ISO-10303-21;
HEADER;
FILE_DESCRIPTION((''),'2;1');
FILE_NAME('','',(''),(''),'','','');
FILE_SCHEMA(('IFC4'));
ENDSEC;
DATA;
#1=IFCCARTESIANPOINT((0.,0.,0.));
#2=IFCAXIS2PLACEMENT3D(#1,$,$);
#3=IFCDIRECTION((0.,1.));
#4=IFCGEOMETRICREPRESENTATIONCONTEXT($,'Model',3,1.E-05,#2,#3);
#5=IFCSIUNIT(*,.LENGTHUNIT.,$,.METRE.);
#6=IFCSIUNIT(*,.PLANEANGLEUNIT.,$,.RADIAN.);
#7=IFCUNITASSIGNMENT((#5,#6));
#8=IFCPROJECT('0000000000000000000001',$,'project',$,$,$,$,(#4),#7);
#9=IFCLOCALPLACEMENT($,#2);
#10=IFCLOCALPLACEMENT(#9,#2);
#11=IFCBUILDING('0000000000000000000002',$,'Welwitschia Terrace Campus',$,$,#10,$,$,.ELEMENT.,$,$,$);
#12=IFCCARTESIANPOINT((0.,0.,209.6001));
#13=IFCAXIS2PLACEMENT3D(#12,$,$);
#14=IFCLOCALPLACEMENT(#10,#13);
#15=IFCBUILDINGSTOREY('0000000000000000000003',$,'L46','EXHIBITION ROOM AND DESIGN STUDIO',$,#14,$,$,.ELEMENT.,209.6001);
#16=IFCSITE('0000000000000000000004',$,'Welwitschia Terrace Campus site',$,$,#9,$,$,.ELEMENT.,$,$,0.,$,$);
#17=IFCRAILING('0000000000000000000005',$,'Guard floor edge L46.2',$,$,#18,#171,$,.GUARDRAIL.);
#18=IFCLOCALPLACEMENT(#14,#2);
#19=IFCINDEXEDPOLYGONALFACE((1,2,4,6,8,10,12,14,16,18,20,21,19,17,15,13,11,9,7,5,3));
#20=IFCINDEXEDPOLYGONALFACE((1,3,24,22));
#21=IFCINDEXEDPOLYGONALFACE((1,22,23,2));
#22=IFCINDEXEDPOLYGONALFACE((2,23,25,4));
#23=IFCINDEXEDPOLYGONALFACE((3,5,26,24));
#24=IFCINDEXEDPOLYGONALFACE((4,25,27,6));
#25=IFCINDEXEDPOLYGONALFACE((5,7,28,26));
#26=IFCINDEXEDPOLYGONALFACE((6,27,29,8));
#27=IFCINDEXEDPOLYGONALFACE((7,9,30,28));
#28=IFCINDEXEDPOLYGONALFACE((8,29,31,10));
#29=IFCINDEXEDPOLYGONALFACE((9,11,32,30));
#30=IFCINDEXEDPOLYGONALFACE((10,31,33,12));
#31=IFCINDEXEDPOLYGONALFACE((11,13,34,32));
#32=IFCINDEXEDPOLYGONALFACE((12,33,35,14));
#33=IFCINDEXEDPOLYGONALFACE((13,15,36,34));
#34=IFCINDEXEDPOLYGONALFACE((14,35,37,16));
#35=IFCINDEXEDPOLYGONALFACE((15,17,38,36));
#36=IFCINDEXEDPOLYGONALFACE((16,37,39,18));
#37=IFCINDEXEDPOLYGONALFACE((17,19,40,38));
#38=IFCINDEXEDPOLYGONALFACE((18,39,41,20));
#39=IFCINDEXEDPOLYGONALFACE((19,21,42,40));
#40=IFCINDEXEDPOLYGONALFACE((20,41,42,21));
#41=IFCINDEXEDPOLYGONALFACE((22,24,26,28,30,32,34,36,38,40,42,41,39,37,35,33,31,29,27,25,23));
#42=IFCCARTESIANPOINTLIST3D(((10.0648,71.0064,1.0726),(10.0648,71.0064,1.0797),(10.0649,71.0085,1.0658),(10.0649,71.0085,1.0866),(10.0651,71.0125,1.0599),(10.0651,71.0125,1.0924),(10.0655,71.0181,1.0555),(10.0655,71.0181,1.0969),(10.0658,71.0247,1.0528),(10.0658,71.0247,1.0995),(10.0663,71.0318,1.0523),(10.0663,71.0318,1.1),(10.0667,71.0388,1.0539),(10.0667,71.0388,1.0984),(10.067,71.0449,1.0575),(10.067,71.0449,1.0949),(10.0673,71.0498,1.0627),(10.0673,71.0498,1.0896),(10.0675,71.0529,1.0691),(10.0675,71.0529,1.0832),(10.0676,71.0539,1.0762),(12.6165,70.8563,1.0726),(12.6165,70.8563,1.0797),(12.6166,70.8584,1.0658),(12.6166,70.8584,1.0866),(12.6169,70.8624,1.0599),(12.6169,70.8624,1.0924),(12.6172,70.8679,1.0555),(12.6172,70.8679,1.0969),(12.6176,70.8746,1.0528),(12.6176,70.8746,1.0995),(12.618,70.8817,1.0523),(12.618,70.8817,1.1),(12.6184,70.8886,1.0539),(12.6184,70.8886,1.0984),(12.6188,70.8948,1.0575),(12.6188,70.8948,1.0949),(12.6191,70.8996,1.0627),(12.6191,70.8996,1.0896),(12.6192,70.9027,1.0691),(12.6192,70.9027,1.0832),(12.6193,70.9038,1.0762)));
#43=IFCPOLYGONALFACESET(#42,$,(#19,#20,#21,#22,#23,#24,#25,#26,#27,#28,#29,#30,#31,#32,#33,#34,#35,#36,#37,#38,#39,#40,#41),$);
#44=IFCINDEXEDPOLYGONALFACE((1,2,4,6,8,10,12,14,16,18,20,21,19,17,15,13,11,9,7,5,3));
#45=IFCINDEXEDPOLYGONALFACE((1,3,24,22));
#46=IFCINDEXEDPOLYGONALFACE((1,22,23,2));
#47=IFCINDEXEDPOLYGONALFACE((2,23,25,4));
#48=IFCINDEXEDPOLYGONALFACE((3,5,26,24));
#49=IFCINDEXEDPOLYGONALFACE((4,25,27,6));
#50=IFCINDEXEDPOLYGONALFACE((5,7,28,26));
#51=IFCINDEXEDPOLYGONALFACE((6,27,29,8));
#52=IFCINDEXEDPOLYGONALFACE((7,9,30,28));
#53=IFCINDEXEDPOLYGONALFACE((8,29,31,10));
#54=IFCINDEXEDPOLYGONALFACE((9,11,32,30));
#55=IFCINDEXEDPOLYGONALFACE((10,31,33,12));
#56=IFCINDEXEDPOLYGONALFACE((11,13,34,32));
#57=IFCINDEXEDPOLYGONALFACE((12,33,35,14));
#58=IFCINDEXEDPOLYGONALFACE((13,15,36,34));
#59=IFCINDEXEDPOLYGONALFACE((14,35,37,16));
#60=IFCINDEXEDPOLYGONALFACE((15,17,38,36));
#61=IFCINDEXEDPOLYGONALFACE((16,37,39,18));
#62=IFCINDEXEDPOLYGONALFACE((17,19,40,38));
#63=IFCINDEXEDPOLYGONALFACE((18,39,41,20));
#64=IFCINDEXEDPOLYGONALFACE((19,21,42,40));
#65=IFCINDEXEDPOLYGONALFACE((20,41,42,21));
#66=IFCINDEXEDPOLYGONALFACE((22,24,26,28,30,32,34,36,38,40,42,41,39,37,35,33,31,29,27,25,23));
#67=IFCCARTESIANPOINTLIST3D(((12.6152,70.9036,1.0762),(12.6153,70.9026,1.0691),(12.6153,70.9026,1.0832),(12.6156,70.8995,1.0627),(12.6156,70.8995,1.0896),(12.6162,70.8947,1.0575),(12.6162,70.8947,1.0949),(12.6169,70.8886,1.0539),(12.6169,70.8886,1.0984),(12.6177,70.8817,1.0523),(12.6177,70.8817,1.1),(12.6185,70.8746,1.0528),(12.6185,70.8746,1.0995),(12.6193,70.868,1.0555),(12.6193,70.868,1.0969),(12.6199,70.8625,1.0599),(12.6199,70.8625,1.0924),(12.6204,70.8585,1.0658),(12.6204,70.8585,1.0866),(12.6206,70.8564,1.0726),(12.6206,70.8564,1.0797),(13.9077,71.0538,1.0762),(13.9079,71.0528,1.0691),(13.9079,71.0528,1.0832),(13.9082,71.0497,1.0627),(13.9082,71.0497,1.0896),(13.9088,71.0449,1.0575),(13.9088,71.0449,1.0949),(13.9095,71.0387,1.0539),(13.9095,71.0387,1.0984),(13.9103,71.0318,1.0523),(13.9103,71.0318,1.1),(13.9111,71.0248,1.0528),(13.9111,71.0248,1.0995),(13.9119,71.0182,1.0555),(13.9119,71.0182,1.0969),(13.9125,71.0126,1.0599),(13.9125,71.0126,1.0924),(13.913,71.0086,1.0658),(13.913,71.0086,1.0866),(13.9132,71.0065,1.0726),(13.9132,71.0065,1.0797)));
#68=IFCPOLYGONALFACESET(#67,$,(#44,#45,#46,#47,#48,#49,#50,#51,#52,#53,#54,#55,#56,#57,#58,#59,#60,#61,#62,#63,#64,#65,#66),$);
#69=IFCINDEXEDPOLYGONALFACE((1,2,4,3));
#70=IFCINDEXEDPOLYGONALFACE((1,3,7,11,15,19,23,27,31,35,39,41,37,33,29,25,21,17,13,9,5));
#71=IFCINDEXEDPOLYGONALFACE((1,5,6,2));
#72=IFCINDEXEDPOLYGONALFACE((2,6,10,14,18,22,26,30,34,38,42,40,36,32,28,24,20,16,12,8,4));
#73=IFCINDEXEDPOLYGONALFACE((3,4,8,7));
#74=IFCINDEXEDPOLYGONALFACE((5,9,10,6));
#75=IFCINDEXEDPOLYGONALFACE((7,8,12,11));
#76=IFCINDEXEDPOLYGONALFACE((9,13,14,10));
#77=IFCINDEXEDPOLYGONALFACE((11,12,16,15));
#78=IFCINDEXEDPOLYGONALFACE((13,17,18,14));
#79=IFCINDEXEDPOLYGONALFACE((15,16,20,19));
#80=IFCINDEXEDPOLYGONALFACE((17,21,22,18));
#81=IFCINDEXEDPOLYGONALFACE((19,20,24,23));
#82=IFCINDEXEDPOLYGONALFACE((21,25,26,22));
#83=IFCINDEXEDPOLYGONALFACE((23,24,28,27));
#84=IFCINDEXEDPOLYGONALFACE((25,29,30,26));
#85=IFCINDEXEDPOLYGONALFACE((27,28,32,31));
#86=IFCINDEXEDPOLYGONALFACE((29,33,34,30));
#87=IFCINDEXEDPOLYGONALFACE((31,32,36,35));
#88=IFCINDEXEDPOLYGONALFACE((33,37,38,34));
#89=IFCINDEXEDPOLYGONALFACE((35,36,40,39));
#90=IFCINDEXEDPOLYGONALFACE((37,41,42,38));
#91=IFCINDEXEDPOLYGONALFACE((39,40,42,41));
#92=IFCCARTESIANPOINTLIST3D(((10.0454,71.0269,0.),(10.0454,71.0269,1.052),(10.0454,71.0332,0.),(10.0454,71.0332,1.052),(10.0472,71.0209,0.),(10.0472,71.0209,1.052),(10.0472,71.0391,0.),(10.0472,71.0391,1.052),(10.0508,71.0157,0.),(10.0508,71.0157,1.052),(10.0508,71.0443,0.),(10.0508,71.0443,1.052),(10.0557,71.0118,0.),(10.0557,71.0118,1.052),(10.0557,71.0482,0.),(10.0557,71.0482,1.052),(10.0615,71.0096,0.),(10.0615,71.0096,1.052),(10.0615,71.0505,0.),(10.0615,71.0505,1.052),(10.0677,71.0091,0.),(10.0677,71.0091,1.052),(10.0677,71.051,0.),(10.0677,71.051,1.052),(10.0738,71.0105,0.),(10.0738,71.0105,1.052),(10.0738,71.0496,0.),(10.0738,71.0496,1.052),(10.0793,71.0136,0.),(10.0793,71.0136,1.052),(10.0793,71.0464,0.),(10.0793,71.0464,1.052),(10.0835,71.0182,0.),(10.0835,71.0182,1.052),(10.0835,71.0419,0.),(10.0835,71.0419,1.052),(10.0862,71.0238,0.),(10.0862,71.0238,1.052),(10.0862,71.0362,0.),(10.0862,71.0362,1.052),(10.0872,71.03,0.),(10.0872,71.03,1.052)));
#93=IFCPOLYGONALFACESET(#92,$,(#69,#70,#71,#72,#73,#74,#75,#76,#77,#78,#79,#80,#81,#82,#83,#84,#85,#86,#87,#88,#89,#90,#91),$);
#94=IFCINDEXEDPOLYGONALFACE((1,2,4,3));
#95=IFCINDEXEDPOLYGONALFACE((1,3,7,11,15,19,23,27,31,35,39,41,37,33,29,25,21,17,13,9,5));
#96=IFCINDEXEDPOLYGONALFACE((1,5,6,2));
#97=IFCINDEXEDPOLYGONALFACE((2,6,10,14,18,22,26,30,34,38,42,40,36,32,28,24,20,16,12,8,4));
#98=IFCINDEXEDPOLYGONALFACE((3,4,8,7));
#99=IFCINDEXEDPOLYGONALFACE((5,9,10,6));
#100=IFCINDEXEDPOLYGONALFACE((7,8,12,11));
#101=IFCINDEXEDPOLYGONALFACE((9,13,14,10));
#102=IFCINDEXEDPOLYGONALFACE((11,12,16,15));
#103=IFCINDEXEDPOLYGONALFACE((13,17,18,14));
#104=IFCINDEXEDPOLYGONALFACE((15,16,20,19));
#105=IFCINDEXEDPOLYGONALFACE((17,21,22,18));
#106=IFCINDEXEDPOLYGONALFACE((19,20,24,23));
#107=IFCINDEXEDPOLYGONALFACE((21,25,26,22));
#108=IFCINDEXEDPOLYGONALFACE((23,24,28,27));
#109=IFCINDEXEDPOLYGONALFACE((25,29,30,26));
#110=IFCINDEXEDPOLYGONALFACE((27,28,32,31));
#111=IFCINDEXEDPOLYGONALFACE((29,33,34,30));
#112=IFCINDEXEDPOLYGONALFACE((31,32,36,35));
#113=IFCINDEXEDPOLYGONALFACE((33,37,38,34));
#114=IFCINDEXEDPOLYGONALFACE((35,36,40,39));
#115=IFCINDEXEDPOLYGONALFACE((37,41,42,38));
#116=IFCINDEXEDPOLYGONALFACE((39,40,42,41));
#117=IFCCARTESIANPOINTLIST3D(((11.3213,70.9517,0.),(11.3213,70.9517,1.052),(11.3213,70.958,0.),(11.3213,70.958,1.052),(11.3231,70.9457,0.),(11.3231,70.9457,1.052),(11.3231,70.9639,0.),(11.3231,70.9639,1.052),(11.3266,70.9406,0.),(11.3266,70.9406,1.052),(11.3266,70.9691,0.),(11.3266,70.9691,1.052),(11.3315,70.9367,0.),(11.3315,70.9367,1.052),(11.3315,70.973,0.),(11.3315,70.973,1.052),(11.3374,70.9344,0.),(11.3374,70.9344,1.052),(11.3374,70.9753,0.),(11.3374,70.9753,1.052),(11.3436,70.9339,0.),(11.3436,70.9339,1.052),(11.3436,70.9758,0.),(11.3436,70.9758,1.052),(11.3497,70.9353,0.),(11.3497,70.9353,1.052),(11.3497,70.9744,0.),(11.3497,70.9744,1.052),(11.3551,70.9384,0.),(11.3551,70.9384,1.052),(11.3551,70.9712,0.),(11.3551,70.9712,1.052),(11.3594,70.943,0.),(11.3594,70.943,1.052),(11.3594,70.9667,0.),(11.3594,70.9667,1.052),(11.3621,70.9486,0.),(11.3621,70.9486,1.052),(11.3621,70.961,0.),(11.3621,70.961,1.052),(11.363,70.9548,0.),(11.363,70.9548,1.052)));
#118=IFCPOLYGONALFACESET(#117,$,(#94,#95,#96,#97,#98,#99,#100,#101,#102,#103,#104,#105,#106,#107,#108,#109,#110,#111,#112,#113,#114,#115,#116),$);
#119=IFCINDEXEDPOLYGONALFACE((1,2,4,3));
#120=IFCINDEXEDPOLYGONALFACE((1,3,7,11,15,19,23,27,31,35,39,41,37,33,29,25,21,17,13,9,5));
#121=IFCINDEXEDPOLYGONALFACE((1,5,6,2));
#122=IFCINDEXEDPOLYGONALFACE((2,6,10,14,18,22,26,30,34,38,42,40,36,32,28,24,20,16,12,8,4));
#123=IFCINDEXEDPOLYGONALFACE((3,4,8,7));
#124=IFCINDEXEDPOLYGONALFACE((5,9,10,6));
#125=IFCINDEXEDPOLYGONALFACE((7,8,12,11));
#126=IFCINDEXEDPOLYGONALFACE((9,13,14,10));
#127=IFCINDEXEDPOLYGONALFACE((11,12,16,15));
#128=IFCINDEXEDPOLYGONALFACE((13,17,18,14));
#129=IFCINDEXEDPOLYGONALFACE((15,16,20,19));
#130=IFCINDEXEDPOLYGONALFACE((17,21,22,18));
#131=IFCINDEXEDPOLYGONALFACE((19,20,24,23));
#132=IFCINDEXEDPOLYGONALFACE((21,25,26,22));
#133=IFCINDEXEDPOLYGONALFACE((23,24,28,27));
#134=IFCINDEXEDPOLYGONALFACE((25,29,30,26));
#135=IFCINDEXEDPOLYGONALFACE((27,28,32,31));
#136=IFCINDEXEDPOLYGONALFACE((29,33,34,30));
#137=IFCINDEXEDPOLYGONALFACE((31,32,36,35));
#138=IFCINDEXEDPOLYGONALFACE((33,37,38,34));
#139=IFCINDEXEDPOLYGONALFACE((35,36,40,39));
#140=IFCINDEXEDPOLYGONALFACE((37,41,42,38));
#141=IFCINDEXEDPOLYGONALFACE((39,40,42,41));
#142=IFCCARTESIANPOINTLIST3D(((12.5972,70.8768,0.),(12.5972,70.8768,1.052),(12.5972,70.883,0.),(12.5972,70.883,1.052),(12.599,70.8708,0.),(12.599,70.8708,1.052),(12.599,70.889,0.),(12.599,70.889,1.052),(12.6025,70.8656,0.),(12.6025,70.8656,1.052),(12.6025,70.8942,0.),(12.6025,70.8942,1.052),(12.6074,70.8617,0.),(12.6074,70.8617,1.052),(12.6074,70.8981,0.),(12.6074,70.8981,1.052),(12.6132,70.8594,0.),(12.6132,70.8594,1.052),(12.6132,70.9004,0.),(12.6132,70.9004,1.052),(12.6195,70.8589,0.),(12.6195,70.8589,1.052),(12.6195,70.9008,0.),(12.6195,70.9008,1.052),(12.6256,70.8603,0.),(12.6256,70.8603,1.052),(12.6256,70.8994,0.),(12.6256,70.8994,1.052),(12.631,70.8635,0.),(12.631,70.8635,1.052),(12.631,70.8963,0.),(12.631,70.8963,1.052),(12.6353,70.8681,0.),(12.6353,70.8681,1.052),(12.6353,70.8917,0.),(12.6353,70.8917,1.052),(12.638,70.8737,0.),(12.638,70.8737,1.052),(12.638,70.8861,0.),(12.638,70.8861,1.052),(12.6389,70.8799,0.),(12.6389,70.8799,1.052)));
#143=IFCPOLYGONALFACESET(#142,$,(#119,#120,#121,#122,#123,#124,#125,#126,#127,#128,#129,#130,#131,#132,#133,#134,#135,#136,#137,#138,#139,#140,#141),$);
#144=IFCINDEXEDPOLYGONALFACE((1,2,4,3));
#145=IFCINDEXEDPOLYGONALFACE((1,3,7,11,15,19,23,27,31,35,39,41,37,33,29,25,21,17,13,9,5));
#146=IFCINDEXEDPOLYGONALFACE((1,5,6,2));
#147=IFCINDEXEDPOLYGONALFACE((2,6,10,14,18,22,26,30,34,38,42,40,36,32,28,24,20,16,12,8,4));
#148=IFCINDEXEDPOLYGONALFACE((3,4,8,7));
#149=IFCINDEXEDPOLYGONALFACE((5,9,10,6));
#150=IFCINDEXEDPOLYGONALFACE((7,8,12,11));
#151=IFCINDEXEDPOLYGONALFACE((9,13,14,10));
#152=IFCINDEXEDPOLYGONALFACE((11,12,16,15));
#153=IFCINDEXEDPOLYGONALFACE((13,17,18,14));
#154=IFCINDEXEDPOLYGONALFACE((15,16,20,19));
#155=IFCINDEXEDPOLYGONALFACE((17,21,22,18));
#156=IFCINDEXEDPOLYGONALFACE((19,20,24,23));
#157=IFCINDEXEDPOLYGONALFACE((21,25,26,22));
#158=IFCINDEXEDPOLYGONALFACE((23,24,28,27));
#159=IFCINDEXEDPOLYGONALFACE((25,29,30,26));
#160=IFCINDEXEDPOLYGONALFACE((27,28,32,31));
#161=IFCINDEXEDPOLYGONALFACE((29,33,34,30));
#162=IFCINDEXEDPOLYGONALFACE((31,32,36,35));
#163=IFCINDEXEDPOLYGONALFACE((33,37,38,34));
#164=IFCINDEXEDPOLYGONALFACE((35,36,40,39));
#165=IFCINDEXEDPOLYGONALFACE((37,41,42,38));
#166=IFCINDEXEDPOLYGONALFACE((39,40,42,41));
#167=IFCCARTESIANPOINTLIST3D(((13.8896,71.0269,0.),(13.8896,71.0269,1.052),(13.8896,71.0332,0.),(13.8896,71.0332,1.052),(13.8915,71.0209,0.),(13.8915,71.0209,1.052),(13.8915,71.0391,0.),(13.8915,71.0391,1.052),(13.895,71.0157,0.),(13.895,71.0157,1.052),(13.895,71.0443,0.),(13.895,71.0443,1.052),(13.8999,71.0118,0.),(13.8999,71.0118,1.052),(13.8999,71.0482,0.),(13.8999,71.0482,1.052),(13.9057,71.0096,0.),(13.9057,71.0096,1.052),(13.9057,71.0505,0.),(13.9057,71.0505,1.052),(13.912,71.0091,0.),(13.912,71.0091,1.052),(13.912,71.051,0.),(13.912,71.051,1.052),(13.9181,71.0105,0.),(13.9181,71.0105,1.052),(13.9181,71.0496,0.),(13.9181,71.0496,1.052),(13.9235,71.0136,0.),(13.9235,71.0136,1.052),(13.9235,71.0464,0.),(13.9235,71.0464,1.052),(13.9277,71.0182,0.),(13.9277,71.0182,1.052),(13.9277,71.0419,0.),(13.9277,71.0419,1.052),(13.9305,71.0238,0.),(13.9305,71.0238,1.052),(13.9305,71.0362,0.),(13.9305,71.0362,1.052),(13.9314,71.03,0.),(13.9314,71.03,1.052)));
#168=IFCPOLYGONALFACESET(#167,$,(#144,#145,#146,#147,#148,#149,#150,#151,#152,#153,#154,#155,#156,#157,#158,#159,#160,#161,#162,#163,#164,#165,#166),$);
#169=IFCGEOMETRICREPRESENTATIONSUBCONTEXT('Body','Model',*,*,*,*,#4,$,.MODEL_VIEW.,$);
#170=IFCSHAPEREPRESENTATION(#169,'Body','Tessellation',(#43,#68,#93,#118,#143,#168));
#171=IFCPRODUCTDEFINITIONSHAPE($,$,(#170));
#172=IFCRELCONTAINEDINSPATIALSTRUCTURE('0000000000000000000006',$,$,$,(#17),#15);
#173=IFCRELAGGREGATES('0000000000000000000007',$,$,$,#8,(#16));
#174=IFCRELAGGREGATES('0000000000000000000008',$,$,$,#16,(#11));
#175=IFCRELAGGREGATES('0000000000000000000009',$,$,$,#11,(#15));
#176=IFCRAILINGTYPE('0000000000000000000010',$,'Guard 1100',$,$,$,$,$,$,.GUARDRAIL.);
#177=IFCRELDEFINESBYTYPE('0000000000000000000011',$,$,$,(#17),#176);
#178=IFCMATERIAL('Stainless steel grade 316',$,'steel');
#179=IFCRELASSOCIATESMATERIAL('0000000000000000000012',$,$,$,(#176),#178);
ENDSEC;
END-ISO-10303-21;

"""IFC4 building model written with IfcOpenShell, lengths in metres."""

from ifc_helpers import new_model, si_unit, direction, frame, origin, origin_2d, place, context, subcontext, project, spatial, circle, extrude, material, type_object, element, save


model = new_model("IFC4")

# Units and contexts
model_context = context("Model", 3, precision=1e-05, world=origin(), true_north=direction((0.0, 1.0)))
body_context = subcontext(model_context, "Body", "Model", "MODEL_VIEW")
ifc_project = project(units=[si_unit("LENGTHUNIT", "METRE"), si_unit("PLANEANGLEUNIT", "RADIAN")], contexts=[model_context])

# Site, building, storey
site_placement = place(None, origin())
site = spatial("IfcSite", under=ifc_project, at=site_placement, Name="Welwitschia Terrace Campus site", CompositionType="ELEMENT", RefElevation=0.0)
building_placement = place(site_placement, origin())
building = spatial("IfcBuilding", under=site, at=building_placement, Name="Welwitschia Terrace Campus", CompositionType="ELEMENT")
storey_placement = place(building_placement, frame((0.0, 0.0, 209.6001)))
storey = spatial("IfcBuildingStorey", under=building, at=storey_placement, Name="L46", Description="EXHIBITION ROOM AND DESIGN STUDIO", CompositionType="ELEMENT", Elevation=209.6001)

# Railing
ifc_material_1 = material(Name="Stainless steel grade 316", Category="steel")
railing_type = type_object("IfcRailingType", Name="Guard 1100", PredefinedType="GUARDRAIL", material=ifc_material_1)
railing_1_placement = place(storey_placement, frame((10.0662, 71.03, 0.0)))
element("IfcRailing", 1, at=railing_1_placement, inside=storey, type_object=railing_type, Name="Guard floor edge L46.2", PredefinedType="GUARDRAIL", context=body_context, shape_type="SweptSolid", body=[
    extrude(circle(Radius=0.0239, at=origin_2d()), frame((0.0, 0.0, 1.0762), z_axis=(0.998273, -0.058739, 0.0), x_axis=(0.058739, 0.998273, 0.0)), (0.0, 0.0, 1.0), 2.5562),
    extrude(circle(Radius=0.0239, at=origin_2d()), frame((2.5518, -0.1501, 1.0762), z_axis=(0.99332, 0.115393, 0.0), x_axis=(-0.115393, 0.99332, 0.0)), (0.0, 0.0, 1.0), 1.3013),
    extrude(circle(Radius=0.021, at=origin_2d()), origin(), (0.0, 0.0, 1.0), 1.052),
    extrude(circle(Radius=0.021, at=origin_2d()), frame((1.2759, -0.0752, 0.0)), (0.0, 0.0, 1.0), 1.052),
    extrude(circle(Radius=0.021, at=origin_2d()), frame((2.5518, -0.1501, 0.0)), (0.0, 0.0, 1.0), 1.052),
    extrude(circle(Radius=0.021, at=origin_2d()), frame((3.8442, 0.0, 0.0)), (0.0, 0.0, 1.0), 1.052),
])

save(model, "model.ifc")
